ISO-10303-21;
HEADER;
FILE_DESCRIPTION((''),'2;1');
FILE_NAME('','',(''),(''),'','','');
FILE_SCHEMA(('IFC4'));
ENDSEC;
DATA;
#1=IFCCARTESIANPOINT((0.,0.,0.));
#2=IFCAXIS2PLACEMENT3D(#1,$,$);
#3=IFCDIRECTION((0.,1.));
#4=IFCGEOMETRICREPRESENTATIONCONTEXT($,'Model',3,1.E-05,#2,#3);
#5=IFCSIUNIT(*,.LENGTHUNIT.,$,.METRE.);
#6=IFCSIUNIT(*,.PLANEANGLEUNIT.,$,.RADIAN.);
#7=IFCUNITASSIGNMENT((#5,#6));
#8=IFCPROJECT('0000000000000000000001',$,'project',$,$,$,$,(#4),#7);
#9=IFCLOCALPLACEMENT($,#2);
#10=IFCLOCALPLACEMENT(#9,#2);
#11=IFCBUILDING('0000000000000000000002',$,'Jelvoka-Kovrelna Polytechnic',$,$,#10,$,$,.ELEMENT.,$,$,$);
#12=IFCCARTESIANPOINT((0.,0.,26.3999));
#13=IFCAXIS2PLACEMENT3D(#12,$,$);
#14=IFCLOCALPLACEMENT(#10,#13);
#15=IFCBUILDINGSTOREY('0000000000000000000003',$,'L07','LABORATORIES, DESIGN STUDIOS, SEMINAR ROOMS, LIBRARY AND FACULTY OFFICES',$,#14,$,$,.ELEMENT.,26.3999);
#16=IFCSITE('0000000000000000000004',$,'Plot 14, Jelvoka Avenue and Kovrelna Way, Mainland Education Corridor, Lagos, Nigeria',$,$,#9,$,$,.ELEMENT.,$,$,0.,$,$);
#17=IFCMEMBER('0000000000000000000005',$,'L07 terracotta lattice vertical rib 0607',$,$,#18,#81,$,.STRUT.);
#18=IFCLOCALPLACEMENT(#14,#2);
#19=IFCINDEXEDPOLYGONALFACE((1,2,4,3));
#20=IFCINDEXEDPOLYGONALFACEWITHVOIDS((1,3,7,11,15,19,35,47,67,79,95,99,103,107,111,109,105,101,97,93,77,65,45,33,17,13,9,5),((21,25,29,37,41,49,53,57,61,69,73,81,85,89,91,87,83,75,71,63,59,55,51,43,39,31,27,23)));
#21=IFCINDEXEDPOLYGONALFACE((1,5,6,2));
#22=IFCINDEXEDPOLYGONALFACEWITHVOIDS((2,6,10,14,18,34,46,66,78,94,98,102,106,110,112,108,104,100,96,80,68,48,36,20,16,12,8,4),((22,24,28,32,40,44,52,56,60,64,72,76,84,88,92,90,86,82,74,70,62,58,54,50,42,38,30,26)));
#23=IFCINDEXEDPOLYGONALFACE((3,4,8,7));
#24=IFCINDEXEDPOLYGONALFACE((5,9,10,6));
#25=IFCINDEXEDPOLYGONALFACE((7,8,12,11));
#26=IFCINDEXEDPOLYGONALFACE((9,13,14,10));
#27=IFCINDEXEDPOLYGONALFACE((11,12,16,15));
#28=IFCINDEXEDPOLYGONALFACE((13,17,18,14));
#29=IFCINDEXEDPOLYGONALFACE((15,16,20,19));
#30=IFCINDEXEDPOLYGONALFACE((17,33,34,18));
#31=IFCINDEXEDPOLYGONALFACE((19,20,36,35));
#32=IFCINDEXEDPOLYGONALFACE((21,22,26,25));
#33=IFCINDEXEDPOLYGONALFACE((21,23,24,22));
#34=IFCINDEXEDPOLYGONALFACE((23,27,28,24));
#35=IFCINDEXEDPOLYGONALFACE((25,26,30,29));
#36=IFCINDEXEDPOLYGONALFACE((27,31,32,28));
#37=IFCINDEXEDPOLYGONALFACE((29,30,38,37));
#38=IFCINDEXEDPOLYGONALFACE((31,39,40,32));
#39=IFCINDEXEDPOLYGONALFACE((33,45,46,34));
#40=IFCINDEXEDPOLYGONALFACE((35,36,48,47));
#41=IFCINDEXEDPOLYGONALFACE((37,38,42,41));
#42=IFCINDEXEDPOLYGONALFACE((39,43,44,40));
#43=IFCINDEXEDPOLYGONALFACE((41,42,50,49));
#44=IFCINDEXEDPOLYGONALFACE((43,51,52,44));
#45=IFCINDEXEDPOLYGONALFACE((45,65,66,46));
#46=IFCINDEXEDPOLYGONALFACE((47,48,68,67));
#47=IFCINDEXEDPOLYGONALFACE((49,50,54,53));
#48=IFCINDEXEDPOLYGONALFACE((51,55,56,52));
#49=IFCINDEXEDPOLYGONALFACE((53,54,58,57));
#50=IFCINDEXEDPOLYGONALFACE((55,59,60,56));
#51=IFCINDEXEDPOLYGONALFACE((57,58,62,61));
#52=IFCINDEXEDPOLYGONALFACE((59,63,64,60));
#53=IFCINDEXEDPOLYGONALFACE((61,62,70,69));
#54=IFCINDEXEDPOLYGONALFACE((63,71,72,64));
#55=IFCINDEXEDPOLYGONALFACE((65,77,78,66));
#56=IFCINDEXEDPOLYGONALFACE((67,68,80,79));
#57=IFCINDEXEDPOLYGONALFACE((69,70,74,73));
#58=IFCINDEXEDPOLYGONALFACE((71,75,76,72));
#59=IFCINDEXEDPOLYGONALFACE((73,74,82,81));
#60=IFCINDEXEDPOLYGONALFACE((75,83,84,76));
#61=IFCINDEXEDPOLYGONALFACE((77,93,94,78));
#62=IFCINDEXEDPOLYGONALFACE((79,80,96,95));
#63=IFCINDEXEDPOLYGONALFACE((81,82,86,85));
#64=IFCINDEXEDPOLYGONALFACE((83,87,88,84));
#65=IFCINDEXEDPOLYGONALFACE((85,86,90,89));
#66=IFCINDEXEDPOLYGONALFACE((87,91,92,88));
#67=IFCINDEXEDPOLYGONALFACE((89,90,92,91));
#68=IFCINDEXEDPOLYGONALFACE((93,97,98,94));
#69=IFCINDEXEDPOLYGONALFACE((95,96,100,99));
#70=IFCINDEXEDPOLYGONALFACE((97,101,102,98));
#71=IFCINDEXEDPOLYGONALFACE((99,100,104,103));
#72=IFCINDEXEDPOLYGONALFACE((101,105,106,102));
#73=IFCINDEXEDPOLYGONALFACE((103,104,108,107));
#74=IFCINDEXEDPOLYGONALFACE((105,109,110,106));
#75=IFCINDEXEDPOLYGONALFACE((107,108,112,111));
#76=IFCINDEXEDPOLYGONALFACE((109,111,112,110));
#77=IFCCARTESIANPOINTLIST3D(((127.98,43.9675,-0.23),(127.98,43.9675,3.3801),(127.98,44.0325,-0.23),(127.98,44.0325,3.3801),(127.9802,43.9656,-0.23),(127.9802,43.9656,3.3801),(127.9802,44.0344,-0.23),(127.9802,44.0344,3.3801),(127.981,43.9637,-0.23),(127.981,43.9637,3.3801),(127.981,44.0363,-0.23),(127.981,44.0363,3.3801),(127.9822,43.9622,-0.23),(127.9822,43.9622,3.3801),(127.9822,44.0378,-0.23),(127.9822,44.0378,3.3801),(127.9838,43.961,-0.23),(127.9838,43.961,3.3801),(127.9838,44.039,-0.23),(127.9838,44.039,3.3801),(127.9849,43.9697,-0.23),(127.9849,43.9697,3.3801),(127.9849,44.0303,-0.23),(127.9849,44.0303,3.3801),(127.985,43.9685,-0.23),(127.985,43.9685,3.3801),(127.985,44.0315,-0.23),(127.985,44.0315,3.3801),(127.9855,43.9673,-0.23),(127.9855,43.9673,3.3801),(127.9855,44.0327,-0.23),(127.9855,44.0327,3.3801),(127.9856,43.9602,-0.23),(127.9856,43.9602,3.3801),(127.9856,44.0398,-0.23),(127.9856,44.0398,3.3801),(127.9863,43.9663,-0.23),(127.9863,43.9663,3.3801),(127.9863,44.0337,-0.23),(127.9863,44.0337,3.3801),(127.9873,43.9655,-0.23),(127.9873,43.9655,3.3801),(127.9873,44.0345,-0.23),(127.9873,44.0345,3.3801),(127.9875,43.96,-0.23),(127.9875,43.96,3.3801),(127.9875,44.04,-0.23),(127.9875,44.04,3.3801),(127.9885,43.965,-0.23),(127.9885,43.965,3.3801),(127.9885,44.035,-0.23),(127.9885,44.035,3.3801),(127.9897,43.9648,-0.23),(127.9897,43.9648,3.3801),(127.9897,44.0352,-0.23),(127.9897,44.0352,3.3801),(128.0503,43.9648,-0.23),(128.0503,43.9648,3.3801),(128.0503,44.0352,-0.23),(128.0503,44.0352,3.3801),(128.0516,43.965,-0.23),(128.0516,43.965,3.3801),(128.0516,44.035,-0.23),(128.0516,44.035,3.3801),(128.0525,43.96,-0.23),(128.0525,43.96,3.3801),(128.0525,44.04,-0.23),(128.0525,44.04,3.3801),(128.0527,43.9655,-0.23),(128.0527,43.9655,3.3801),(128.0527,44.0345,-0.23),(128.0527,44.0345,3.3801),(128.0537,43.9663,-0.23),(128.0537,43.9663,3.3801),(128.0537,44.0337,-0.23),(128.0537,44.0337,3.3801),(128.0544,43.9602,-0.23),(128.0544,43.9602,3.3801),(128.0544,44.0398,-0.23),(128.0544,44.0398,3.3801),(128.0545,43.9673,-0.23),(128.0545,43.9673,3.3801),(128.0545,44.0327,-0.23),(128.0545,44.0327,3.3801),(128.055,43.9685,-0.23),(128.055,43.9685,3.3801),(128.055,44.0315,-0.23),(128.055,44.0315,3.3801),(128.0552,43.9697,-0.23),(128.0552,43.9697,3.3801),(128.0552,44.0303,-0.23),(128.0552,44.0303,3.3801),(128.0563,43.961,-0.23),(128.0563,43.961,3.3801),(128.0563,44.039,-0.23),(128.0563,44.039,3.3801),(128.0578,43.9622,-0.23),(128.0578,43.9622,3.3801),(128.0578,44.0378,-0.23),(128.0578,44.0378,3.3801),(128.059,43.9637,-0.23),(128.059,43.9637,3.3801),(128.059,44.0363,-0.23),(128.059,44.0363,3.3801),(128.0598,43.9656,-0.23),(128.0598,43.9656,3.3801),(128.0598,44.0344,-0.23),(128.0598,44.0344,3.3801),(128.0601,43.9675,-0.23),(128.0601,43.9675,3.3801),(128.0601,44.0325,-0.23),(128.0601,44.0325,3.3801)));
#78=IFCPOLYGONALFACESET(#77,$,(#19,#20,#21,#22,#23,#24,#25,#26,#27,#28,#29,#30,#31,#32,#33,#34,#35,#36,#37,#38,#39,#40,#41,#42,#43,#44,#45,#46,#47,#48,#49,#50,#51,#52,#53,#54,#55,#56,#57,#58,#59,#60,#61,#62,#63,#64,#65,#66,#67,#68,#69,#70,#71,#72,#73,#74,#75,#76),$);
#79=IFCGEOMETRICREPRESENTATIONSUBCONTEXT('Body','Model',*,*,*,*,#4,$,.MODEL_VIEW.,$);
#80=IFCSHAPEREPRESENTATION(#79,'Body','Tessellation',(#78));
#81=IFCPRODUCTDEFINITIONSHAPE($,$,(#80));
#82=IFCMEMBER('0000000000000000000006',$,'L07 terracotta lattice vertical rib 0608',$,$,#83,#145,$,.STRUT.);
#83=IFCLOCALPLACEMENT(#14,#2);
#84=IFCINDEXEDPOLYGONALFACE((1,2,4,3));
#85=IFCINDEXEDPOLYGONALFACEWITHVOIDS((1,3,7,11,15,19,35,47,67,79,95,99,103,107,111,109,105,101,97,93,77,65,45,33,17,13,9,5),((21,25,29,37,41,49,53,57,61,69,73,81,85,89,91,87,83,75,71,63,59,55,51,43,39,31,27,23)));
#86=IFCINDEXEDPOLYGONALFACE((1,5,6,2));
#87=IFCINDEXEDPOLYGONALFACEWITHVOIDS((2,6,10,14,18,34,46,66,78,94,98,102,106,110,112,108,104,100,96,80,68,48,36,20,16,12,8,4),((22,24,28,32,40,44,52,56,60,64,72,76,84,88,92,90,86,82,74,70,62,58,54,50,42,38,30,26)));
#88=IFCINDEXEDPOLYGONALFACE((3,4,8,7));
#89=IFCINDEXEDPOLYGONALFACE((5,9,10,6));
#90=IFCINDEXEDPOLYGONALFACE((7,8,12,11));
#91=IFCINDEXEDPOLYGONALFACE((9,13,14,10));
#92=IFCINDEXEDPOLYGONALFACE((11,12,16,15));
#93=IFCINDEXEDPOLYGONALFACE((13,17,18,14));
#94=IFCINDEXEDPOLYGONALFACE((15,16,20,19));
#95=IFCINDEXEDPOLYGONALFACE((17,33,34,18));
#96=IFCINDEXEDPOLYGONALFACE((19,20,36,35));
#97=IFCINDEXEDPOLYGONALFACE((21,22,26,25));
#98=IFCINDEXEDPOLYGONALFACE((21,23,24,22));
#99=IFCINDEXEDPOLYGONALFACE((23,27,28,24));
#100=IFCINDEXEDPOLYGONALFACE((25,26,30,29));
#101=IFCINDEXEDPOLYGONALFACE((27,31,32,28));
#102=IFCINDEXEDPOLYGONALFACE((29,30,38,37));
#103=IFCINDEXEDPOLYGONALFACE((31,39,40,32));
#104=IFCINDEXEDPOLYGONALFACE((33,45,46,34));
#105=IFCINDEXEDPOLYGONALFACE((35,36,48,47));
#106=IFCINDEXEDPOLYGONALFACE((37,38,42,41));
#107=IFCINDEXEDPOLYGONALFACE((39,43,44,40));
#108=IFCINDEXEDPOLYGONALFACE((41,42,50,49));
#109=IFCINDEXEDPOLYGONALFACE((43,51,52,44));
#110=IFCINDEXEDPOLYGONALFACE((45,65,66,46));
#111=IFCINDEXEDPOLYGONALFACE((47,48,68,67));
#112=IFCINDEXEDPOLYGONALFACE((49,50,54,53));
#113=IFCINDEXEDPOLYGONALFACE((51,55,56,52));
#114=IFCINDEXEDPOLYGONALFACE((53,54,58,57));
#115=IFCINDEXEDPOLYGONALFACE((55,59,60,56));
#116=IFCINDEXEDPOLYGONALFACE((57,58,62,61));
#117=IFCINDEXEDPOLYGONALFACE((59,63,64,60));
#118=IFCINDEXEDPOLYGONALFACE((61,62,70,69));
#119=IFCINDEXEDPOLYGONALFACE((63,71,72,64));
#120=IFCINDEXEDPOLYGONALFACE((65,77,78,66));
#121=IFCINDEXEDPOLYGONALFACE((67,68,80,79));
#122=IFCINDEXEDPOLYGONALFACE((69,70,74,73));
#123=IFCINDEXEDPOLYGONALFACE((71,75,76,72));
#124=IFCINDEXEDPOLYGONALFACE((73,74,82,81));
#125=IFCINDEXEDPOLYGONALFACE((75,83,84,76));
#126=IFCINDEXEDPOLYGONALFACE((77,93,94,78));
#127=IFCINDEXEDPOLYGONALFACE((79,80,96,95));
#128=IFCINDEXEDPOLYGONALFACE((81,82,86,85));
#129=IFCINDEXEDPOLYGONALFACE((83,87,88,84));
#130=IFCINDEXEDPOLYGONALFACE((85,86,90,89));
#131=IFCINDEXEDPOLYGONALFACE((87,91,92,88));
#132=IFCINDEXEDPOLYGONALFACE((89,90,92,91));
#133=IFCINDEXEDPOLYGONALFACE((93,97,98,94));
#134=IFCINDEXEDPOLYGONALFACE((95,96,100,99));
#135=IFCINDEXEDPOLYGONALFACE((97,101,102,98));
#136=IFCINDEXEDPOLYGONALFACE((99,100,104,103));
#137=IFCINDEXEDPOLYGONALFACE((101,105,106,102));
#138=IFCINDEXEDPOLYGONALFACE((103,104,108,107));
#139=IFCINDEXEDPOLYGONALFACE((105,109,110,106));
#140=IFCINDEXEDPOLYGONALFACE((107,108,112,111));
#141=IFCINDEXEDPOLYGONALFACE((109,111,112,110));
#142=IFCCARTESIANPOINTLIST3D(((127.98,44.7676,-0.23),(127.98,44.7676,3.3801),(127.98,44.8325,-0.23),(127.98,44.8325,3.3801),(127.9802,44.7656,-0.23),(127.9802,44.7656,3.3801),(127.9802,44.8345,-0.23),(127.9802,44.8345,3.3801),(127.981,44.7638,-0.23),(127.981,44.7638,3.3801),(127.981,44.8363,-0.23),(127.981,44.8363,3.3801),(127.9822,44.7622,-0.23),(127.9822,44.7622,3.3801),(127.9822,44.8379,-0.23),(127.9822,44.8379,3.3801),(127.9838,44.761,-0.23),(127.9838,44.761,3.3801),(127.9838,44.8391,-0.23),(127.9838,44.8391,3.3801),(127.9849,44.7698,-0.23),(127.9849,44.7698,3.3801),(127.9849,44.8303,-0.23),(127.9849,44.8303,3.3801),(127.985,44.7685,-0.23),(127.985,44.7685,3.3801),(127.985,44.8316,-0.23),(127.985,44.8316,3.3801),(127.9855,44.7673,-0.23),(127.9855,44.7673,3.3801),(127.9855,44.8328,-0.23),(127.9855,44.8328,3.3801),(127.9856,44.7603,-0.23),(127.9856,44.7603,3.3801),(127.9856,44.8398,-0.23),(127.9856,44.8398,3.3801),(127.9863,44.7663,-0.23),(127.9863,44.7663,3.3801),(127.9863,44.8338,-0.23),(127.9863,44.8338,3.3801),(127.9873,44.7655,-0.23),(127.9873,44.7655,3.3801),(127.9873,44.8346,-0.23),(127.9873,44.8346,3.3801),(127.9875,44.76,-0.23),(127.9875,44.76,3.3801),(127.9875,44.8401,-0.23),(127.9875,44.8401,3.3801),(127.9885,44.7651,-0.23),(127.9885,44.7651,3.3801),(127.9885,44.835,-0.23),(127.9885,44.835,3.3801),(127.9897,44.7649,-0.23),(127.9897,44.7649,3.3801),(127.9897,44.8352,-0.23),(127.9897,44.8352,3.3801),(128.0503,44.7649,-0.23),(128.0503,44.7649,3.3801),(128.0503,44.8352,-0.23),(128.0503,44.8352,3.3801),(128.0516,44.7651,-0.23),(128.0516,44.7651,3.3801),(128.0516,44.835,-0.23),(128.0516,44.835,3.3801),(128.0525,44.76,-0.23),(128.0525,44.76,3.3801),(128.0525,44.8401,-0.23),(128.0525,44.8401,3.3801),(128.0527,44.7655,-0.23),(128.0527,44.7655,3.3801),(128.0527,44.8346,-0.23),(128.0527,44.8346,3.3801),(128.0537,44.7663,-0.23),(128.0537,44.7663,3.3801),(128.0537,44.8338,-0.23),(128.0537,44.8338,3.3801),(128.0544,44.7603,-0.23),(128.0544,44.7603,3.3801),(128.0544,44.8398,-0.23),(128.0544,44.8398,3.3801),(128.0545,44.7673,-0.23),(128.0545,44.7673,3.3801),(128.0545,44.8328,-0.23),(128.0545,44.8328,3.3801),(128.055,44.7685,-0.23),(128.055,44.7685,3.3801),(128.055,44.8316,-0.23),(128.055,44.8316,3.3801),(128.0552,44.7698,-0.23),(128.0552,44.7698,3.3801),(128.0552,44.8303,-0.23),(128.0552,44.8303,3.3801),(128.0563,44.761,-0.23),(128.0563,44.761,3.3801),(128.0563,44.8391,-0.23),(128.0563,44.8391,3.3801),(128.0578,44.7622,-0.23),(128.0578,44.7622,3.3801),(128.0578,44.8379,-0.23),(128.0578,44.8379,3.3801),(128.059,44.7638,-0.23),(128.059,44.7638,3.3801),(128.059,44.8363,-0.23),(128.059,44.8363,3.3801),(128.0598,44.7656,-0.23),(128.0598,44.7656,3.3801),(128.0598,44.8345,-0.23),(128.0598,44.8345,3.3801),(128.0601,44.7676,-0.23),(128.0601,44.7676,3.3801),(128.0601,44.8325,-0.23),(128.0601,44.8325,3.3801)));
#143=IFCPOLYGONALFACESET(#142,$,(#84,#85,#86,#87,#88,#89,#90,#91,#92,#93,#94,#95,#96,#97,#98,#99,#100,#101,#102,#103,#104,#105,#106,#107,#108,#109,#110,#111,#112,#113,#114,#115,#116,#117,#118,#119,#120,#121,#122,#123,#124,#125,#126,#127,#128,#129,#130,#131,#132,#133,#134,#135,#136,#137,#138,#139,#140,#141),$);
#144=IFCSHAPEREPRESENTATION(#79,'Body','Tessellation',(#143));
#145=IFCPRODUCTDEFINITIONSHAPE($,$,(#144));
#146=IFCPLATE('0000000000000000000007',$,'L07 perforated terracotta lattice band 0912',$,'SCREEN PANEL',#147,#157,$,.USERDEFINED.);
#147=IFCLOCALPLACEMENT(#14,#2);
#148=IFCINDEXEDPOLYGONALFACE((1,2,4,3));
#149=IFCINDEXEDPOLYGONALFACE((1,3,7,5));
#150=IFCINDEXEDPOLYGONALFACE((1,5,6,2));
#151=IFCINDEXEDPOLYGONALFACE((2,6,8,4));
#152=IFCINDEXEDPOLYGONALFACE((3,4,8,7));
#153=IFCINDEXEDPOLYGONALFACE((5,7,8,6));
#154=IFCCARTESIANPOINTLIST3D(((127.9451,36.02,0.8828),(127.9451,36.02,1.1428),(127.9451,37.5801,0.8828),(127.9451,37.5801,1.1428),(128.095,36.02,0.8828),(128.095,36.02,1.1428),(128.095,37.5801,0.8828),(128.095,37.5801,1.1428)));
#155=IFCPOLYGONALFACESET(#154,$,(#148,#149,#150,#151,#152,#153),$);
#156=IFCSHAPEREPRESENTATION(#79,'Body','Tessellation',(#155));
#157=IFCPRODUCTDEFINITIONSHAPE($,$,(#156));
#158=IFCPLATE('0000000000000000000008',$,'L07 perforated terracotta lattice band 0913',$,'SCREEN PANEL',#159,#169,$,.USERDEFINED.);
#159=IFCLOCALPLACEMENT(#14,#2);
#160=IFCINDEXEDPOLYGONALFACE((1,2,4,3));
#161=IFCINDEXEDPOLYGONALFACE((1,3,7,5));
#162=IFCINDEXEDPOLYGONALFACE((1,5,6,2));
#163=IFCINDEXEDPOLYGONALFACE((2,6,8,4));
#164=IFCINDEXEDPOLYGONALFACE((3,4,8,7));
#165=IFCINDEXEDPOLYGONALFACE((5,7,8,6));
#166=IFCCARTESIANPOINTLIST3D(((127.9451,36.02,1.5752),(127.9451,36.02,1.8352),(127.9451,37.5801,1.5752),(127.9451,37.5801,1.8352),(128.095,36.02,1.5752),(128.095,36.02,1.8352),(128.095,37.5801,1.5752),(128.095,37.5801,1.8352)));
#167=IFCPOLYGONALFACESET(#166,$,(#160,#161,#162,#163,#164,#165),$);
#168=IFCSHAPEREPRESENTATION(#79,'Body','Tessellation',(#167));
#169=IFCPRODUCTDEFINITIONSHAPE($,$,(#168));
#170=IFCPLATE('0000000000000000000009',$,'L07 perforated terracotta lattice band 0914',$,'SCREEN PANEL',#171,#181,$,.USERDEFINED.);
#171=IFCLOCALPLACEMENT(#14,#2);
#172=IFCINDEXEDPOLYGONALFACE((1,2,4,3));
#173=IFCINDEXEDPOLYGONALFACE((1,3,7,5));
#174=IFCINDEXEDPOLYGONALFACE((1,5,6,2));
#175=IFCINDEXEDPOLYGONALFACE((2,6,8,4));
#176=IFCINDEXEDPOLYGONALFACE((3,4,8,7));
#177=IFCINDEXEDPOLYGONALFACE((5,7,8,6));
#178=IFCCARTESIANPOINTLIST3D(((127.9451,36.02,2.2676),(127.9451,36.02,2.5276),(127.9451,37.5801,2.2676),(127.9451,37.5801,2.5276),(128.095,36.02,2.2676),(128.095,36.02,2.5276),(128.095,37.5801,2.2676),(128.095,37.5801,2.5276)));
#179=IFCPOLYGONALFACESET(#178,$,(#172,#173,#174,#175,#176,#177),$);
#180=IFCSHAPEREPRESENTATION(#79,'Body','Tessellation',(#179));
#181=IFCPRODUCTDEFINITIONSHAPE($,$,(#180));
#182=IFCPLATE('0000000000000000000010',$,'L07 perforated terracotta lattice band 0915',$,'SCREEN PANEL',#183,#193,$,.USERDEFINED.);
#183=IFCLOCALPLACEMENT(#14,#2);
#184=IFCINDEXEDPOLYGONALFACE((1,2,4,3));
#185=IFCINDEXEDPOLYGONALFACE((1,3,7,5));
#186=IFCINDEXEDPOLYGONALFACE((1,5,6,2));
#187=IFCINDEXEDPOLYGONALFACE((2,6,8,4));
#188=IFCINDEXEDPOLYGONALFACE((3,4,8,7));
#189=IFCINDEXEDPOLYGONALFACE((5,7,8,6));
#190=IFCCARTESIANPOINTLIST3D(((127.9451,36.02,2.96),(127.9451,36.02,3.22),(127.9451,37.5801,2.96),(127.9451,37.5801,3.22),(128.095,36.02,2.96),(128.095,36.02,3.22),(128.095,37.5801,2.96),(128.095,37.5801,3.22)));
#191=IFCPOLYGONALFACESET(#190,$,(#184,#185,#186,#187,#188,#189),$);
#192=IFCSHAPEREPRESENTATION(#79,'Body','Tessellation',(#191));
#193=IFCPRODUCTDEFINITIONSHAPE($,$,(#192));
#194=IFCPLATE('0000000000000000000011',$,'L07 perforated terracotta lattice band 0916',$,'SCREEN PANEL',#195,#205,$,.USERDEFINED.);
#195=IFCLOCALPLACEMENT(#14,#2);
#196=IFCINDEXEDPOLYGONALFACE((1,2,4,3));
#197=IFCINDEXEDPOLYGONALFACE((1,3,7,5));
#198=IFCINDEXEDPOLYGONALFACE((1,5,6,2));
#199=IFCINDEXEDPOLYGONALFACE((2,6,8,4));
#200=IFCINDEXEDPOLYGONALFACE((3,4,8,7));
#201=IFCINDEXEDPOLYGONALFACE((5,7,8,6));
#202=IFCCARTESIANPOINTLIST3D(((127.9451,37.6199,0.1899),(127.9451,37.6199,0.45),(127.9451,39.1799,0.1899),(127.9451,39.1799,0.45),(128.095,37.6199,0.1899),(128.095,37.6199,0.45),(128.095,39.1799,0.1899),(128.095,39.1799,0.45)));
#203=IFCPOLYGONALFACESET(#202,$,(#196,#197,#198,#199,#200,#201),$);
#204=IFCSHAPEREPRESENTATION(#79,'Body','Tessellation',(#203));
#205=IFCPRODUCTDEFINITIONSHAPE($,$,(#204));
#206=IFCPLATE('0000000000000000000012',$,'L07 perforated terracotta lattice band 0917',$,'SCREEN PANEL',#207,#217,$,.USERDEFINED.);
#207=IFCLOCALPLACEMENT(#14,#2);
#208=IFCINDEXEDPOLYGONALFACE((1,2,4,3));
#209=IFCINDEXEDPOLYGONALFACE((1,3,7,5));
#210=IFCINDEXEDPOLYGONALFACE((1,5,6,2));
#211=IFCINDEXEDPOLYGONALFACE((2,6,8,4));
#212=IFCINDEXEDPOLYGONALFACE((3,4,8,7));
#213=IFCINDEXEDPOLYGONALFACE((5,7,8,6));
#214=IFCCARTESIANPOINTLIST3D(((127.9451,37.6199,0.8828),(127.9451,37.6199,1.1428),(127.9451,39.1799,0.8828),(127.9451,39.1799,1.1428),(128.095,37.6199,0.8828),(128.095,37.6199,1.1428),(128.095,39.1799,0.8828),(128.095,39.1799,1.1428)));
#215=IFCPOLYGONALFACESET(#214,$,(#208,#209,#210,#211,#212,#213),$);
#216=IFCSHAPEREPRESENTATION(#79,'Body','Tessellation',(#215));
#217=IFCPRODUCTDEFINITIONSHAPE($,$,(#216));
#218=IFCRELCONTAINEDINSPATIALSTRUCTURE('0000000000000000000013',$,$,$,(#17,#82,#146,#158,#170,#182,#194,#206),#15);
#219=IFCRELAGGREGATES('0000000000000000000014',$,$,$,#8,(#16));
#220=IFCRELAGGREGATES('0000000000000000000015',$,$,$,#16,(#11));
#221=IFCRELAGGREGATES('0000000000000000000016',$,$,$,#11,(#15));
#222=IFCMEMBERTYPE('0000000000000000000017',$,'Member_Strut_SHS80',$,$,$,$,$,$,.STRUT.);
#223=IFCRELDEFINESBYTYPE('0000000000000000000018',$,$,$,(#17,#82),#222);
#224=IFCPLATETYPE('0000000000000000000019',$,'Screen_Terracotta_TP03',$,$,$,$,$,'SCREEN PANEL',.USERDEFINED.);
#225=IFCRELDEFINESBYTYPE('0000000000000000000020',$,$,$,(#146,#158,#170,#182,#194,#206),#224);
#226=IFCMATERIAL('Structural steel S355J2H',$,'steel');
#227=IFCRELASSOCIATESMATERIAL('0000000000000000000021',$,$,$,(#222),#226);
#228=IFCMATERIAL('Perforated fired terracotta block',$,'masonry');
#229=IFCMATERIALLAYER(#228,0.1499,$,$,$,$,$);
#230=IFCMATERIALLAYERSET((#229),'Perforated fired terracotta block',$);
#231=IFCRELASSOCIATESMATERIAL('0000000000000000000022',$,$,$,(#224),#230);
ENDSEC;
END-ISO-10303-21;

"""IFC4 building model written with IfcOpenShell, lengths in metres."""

from ifc_helpers import new_model, si_unit, direction, frame, origin, origin_2d, place, context, subcontext, project, spatial, rectangle, hollow_rectangle, extrude, material, layer, layer_set, material_profile, profile_set, type_object, element, save


model = new_model("IFC4")

# Units and contexts
model_context = context("Model", 3, precision=1e-05, world=origin(), true_north=direction((0.0, 1.0)))
body_context = subcontext(model_context, "Body", "Model", "MODEL_VIEW")
ifc_project = project(units=[si_unit("LENGTHUNIT", "METRE"), si_unit("PLANEANGLEUNIT", "RADIAN")], contexts=[model_context])

# Site, building, storey
site_placement = place(None, origin())
site = spatial("IfcSite", under=ifc_project, at=site_placement, Name="Plot 14, Jelvoka Avenue and Kovrelna Way, Mainland Education Corridor, Lagos, Nigeria", CompositionType="ELEMENT", RefElevation=0.0)
building_placement = place(site_placement, origin())
building = spatial("IfcBuilding", under=site, at=building_placement, Name="Jelvoka-Kovrelna Polytechnic", CompositionType="ELEMENT")
storey_placement = place(building_placement, frame((0.0, 0.0, 26.3999)))
storey = spatial("IfcBuildingStorey", under=building, at=storey_placement, Name="L07", Description="LABORATORIES, DESIGN STUDIOS, SEMINAR ROOMS, LIBRARY AND FACULTY OFFICES", CompositionType="ELEMENT", Elevation=26.3999)

# Members
ifc_material_1 = material(Name="Structural steel S355J2H", Category="steel")
ifc_material_profile_1 = material_profile(ifc_material_1, hollow_rectangle(XDim=0.0801, YDim=0.0801, WallThickness=0.0049, InnerFilletRadius=0.0049, OuterFilletRadius=0.0076, at=origin_2d()), Name="80x80x5.0 SHS")
ifc_profile_set_1 = profile_set([ifc_material_profile_1], Name="Structural steel S355J2H")
member_type_1 = type_object("IfcMemberType", Name="Member_Strut_SHS80", PredefinedType="STRUT", material=ifc_profile_set_1)
for number, where, z_axis, x_axis, name in (
    (1, (128.02, 44.0, -0.23), (0.0, 0.0, 1.0), (1.0, 0.0, 0.0), "L07 terracotta lattice vertical rib 0607"),
    (2, (128.02, 44.8, -0.23), (0.0, 0.0, 1.0), (1.0, 0.0, 0.0), "L07 terracotta lattice vertical rib 0608"),
):
    element("IfcMember", number, at=place(storey_placement, frame(where, z_axis=z_axis, x_axis=x_axis)), inside=storey, type_object=member_type_1, Name=name, PredefinedType="STRUT", context=body_context, shape_type="SweptSolid", body=[
        extrude(hollow_rectangle(XDim=0.0801, YDim=0.0801, WallThickness=0.0049, InnerFilletRadius=0.0049, OuterFilletRadius=0.0076, at=origin_2d()), origin(), (0.0, 0.0, 1.0), 3.6101),
    ])

# Plates
ifc_material_2 = material(Name="Perforated fired terracotta block", Category="masonry")
ifc_layer_1 = layer(ifc_material_2, 0.1499)
ifc_layer_set_1 = layer_set([ifc_layer_1], Name="Perforated fired terracotta block")
plate_type = type_object("IfcPlateType", Name="Screen_Terracotta_TP03", ElementType="SCREEN PANEL", PredefinedType="USERDEFINED", material=ifc_layer_set_1)
for number, where, z_axis, x_axis, name in (
    (3, (128.02, 36.8, 0.8828), (0.0, 0.0, 1.0), (0.0, 1.0, 0.0), "L07 perforated terracotta lattice band 0912"),
    (4, (128.02, 36.8, 1.5752), (0.0, 0.0, 1.0), (0.0, 1.0, 0.0), "L07 perforated terracotta lattice band 0913"),
    (5, (128.02, 36.8, 2.2676), (0.0, 0.0, 1.0), (0.0, 1.0, 0.0), "L07 perforated terracotta lattice band 0914"),
    (6, (128.02, 36.8, 2.96), (0.0, 0.0, 1.0), (0.0, 1.0, 0.0), "L07 perforated terracotta lattice band 0915"),
    (7, (128.02, 38.3999, 0.1899), (0.0, 0.0, 1.0), (0.0, 1.0, 0.0), "L07 perforated terracotta lattice band 0916"),
    (8, (128.02, 38.3999, 0.8828), (0.0, 0.0, 1.0), (0.0, 1.0, 0.0), "L07 perforated terracotta lattice band 0917"),
):
    element("IfcPlate", number, at=place(storey_placement, frame(where, z_axis=z_axis, x_axis=x_axis)), inside=storey, type_object=plate_type, Name=name, ObjectType="SCREEN PANEL", PredefinedType="USERDEFINED", context=body_context, shape_type="SweptSolid", body=[
        extrude(rectangle(XDim=1.5601, YDim=0.1499, at=origin_2d()), origin(), (0.0, 0.0, 1.0), 0.26),
    ])

save(model, "model.ifc")
